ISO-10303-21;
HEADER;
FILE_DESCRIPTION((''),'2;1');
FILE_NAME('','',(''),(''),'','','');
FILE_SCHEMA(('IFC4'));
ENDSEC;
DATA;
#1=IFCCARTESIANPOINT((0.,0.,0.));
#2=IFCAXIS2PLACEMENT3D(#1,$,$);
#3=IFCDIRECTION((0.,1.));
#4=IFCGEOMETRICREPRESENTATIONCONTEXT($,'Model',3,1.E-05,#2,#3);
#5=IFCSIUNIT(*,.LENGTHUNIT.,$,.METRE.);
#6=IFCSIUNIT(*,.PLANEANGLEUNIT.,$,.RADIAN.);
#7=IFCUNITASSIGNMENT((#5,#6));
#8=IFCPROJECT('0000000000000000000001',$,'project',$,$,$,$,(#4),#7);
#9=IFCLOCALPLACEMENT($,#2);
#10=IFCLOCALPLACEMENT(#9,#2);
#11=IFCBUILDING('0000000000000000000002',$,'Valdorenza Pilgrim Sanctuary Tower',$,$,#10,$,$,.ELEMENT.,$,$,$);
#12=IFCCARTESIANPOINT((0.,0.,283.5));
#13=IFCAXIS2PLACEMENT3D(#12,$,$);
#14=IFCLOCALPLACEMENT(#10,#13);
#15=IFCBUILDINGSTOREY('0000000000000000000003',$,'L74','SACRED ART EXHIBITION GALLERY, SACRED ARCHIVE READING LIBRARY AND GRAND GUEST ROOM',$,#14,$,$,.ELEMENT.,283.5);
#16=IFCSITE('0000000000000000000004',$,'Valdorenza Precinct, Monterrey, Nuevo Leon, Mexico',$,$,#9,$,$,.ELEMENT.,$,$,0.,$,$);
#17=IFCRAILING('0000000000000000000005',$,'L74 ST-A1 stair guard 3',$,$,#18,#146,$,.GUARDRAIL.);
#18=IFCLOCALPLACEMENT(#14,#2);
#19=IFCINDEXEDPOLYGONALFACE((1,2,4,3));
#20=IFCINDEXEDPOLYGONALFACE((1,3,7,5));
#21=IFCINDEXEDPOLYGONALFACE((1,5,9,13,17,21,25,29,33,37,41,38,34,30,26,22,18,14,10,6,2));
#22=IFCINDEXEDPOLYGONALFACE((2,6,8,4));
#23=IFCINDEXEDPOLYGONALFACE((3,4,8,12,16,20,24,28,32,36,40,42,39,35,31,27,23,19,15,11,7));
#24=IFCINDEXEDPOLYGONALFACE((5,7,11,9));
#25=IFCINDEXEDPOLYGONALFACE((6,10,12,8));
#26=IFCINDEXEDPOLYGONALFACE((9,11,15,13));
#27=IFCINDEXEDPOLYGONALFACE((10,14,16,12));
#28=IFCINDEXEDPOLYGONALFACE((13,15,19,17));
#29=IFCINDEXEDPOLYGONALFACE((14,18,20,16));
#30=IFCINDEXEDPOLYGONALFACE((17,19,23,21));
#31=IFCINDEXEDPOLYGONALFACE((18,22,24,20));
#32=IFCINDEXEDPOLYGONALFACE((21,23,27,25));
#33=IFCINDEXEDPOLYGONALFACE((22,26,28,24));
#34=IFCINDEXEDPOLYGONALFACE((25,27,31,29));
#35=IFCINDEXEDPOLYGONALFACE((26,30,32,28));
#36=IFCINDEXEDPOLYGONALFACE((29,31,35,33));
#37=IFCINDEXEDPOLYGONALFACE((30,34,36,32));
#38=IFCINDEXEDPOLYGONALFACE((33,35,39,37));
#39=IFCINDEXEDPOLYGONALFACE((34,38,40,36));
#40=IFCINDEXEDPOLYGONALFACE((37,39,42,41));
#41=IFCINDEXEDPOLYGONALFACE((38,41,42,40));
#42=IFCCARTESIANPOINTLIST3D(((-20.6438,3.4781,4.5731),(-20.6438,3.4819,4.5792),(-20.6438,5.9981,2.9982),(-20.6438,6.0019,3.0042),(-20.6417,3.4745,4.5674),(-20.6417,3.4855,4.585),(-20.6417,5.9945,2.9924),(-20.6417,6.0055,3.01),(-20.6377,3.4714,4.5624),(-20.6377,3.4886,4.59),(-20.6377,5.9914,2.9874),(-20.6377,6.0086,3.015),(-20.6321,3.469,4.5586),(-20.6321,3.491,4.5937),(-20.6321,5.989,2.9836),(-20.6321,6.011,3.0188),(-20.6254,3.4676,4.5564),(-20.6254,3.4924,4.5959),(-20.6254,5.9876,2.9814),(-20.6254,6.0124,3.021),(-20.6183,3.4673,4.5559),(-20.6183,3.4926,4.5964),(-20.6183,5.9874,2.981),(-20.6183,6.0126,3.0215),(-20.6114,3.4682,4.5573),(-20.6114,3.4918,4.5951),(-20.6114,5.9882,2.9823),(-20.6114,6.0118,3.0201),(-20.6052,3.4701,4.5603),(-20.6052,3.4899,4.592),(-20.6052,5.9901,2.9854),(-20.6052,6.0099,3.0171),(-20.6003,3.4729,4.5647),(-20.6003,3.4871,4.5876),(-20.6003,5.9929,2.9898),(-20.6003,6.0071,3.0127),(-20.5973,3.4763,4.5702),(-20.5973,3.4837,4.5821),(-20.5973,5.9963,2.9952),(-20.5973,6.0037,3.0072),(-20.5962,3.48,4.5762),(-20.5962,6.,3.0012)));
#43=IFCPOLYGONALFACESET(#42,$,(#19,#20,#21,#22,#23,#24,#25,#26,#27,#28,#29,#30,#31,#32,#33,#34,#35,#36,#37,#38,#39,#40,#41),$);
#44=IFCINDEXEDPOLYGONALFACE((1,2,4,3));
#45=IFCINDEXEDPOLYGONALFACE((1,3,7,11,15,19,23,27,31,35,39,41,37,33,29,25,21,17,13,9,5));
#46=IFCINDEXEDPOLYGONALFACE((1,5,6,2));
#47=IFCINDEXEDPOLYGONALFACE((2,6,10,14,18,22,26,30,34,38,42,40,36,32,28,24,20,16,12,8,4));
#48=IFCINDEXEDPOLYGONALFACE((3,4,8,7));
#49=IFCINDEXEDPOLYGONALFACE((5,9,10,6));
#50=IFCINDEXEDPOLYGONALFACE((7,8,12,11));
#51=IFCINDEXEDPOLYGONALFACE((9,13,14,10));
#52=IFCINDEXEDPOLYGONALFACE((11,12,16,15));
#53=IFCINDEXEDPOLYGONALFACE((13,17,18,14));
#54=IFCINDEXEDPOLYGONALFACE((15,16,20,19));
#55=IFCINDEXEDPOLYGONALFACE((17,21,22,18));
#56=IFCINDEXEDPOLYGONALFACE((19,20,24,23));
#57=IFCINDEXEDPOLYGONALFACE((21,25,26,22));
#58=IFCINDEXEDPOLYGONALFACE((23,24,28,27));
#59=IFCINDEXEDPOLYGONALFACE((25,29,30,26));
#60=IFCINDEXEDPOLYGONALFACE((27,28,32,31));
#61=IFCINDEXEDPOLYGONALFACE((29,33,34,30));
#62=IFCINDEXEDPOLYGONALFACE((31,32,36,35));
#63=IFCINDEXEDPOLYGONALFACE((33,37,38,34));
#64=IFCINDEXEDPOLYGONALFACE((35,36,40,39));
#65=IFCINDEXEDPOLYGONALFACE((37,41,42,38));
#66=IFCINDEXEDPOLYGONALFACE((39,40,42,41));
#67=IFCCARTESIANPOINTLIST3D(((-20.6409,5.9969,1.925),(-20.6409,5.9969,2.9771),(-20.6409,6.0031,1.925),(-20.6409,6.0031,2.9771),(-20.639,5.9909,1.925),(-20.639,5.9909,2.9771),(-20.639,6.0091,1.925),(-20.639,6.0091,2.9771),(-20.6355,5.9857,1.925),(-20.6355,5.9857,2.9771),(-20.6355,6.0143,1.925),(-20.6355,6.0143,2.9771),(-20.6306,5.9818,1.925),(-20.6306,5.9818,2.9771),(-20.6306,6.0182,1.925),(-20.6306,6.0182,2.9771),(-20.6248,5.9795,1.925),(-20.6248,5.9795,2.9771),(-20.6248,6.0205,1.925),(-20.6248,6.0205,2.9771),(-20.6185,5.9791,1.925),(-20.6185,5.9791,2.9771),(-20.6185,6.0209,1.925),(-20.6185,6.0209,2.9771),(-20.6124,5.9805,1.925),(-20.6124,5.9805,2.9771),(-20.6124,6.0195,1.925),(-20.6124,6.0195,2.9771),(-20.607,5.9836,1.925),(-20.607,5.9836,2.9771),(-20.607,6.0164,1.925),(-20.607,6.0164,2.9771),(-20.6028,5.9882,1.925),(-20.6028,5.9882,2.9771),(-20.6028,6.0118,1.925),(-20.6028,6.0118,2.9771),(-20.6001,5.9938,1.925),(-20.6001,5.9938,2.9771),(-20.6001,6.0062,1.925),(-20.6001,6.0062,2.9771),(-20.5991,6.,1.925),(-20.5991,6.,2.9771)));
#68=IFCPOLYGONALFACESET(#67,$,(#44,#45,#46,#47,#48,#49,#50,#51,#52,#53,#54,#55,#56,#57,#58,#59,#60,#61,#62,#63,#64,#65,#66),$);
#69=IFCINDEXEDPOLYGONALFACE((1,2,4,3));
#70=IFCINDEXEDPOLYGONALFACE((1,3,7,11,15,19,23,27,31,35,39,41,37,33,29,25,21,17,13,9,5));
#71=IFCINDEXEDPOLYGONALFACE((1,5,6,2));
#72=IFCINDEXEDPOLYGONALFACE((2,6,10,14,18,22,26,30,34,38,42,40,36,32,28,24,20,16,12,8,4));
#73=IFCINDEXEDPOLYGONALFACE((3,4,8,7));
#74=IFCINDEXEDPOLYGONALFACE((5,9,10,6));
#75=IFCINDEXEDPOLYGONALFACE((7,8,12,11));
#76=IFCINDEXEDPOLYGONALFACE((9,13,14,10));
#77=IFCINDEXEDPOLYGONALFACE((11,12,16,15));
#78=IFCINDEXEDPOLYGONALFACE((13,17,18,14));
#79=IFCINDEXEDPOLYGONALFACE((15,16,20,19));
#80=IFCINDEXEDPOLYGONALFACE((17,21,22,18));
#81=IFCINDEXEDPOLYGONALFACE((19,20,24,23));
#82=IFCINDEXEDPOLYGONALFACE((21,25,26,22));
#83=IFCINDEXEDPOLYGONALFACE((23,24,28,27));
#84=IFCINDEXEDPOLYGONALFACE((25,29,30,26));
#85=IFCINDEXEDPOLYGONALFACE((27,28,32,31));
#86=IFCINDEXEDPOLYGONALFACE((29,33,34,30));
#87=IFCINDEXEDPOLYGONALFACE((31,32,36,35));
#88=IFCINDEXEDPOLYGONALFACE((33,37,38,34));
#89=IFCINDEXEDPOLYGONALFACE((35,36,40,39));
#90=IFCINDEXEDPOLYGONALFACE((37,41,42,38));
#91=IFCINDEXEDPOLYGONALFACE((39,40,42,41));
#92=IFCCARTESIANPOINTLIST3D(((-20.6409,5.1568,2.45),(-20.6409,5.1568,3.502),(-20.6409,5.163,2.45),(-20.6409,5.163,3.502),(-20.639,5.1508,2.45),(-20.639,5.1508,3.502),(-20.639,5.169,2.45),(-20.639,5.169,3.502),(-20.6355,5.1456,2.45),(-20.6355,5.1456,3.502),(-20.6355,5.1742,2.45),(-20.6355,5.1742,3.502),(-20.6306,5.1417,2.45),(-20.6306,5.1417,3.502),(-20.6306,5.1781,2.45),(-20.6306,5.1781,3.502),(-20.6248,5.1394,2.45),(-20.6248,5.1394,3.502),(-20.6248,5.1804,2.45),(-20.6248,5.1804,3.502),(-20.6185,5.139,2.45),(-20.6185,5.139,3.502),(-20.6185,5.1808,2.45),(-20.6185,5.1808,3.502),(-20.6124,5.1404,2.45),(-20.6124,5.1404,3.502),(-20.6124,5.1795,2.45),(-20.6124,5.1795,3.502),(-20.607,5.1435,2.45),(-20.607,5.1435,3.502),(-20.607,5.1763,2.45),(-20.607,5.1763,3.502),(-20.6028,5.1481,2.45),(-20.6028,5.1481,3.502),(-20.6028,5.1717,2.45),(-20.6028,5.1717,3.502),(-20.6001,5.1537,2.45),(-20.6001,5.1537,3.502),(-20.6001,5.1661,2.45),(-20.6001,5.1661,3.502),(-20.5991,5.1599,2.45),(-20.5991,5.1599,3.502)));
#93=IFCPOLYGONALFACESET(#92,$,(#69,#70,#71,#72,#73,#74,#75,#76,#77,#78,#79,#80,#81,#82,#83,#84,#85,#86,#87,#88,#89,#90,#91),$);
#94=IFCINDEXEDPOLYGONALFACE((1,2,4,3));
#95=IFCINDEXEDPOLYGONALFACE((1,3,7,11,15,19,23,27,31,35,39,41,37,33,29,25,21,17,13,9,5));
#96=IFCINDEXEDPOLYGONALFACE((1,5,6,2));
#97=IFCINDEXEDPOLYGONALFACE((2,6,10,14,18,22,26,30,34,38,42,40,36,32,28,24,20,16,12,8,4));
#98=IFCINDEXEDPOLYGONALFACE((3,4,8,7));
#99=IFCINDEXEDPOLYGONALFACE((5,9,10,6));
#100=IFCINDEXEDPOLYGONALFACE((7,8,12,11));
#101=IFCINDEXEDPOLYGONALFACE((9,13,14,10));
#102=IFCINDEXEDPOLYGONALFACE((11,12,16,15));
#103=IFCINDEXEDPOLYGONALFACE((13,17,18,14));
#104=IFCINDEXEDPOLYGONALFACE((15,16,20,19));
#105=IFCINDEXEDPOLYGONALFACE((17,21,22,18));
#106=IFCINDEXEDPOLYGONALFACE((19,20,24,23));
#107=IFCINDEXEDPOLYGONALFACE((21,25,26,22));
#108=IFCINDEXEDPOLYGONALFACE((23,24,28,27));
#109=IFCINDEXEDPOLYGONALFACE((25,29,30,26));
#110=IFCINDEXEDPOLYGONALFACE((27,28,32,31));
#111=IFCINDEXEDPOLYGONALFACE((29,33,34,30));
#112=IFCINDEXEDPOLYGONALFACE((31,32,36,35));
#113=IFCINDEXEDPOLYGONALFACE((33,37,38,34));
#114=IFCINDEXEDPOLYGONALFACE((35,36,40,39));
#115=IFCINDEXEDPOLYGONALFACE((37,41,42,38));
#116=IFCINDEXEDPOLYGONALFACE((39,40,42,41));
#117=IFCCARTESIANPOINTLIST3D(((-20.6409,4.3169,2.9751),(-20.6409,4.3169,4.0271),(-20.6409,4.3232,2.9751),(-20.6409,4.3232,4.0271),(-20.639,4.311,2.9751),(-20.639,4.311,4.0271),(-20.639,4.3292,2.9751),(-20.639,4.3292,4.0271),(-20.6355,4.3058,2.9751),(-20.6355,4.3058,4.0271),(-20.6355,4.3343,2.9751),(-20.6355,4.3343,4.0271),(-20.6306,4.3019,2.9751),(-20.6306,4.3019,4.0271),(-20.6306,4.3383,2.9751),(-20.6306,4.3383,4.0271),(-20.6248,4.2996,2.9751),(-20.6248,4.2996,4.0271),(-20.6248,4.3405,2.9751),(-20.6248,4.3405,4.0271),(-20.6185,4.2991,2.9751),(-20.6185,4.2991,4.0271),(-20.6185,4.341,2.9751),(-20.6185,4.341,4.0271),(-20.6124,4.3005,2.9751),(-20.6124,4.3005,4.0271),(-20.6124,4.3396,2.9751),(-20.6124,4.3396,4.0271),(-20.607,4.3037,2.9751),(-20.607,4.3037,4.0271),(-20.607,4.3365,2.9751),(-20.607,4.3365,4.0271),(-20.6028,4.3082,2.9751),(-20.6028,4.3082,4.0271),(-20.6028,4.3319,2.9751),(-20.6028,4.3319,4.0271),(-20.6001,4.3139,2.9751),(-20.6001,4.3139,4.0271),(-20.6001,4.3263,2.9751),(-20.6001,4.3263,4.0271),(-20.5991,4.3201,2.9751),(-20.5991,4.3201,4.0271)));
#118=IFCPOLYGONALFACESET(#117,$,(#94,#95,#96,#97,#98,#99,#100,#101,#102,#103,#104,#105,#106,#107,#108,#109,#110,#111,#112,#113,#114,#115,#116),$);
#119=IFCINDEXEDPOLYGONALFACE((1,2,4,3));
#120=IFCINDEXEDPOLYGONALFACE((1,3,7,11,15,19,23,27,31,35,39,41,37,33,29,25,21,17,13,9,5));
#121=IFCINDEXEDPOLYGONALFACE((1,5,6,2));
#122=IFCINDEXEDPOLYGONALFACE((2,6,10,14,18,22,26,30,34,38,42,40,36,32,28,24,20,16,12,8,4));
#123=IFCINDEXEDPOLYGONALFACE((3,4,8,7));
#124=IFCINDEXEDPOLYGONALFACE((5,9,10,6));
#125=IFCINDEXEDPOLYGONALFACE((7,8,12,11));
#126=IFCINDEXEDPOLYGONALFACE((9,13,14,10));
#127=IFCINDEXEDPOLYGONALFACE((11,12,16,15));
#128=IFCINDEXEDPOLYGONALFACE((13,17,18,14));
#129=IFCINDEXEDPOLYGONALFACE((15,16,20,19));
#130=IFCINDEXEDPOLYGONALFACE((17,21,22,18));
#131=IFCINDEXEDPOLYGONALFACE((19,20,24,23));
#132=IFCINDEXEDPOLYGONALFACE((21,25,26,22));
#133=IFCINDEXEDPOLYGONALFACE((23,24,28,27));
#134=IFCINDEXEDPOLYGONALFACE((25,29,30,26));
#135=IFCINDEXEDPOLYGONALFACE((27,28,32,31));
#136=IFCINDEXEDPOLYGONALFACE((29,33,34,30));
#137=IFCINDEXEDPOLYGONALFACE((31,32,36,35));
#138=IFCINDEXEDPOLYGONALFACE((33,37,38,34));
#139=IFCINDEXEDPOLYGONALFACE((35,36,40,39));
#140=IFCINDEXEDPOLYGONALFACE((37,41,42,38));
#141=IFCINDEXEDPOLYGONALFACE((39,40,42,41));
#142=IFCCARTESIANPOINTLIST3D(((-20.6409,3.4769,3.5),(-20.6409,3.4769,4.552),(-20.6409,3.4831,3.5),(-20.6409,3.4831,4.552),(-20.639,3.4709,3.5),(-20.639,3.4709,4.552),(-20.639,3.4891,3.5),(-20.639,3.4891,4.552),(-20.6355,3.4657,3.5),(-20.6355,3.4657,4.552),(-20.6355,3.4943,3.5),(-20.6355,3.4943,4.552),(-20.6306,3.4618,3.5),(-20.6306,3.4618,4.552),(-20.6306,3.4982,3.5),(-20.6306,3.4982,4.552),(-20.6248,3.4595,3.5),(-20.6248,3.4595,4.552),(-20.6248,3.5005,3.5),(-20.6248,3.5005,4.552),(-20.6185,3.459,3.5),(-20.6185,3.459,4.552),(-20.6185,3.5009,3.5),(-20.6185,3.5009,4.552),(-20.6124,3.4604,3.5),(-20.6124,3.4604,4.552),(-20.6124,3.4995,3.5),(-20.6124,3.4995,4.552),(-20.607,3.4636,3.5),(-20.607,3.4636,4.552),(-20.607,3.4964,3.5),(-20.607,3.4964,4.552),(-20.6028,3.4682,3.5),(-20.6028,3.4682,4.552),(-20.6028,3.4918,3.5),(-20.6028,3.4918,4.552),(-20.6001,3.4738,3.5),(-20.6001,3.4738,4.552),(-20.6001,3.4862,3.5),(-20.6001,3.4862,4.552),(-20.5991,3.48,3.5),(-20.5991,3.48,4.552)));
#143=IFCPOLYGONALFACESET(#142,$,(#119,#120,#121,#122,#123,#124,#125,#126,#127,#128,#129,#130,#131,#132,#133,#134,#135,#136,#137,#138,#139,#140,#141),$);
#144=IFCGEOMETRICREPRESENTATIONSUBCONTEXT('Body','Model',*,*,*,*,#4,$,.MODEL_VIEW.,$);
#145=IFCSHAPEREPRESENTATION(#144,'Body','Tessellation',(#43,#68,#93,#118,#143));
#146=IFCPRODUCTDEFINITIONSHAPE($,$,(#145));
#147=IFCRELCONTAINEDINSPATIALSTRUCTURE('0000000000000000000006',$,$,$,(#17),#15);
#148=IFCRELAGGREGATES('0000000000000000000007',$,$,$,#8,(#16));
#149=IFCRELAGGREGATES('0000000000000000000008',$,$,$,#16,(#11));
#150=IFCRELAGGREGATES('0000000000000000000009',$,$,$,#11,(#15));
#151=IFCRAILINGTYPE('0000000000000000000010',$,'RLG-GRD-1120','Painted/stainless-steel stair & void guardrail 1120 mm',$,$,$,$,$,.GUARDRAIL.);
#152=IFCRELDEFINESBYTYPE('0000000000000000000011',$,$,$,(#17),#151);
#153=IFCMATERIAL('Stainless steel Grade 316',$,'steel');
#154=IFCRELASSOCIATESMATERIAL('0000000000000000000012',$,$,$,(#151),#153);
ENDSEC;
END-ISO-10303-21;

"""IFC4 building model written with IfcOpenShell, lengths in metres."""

from ifc_helpers import new_model, si_unit, direction, frame, origin, origin_2d, place, context, subcontext, project, spatial, circle, extrude, material, type_object, element, save


model = new_model("IFC4")

# Units and contexts
model_context = context("Model", 3, precision=1e-05, world=origin(), true_north=direction((0.0, 1.0)))
body_context = subcontext(model_context, "Body", "Model", "MODEL_VIEW")
ifc_project = project(units=[si_unit("LENGTHUNIT", "METRE"), si_unit("PLANEANGLEUNIT", "RADIAN")], contexts=[model_context])

# Site, building, storey
site_placement = place(None, origin())
site = spatial("IfcSite", under=ifc_project, at=site_placement, Name="Valdorenza Precinct, Monterrey, Nuevo Leon, Mexico", CompositionType="ELEMENT", RefElevation=0.0)
building_placement = place(site_placement, origin())
building = spatial("IfcBuilding", under=site, at=building_placement, Name="Valdorenza Pilgrim Sanctuary Tower", CompositionType="ELEMENT")
storey_placement = place(building_placement, frame((0.0, 0.0, 283.5)))
storey = spatial("IfcBuildingStorey", under=building, at=storey_placement, Name="L74", Description="SACRED ART EXHIBITION GALLERY, SACRED ARCHIVE READING LIBRARY AND GRAND GUEST ROOM", CompositionType="ELEMENT", Elevation=283.5)

# Railing
ifc_material_1 = material(Name="Stainless steel Grade 316", Category="steel")
railing_type_1 = type_object("IfcRailingType", Name="RLG-GRD-1120", Description="Painted/stainless-steel stair & void guardrail 1120 mm", PredefinedType="GUARDRAIL", material=ifc_material_1)
railing_1_placement = place(storey_placement, frame((-20.6201, 6.0, 1.925)))
element("IfcRailing", 1, at=railing_1_placement, inside=storey, type_object=railing_type_1, Name="L74 ST-A1 stair guard 3", PredefinedType="GUARDRAIL", context=body_context, shape_type="SweptSolid", body=[
    extrude(circle(Radius=0.0239, at=origin_2d()), frame((0.0, 0.0, 1.0762), z_axis=(0.0, -0.848008, 0.529984), x_axis=(1.0, 0.0, 0.0)), (0.0, 0.0, 1.0), 2.9717),
    extrude(circle(Radius=0.021, at=origin_2d()), origin(), (0.0, 0.0, 1.0), 1.052),
    extrude(circle(Radius=0.021, at=origin_2d()), frame((0.0, -0.8401, 0.5249)), (0.0, 0.0, 1.0), 1.052),
    extrude(circle(Radius=0.021, at=origin_2d()), frame((0.0, -1.6799, 1.05)), (0.0, 0.0, 1.0), 1.052),
    extrude(circle(Radius=0.021, at=origin_2d()), frame((0.0, -2.52, 1.575)), (0.0, 0.0, 1.0), 1.052),
])

save(model, "model.ifc")
